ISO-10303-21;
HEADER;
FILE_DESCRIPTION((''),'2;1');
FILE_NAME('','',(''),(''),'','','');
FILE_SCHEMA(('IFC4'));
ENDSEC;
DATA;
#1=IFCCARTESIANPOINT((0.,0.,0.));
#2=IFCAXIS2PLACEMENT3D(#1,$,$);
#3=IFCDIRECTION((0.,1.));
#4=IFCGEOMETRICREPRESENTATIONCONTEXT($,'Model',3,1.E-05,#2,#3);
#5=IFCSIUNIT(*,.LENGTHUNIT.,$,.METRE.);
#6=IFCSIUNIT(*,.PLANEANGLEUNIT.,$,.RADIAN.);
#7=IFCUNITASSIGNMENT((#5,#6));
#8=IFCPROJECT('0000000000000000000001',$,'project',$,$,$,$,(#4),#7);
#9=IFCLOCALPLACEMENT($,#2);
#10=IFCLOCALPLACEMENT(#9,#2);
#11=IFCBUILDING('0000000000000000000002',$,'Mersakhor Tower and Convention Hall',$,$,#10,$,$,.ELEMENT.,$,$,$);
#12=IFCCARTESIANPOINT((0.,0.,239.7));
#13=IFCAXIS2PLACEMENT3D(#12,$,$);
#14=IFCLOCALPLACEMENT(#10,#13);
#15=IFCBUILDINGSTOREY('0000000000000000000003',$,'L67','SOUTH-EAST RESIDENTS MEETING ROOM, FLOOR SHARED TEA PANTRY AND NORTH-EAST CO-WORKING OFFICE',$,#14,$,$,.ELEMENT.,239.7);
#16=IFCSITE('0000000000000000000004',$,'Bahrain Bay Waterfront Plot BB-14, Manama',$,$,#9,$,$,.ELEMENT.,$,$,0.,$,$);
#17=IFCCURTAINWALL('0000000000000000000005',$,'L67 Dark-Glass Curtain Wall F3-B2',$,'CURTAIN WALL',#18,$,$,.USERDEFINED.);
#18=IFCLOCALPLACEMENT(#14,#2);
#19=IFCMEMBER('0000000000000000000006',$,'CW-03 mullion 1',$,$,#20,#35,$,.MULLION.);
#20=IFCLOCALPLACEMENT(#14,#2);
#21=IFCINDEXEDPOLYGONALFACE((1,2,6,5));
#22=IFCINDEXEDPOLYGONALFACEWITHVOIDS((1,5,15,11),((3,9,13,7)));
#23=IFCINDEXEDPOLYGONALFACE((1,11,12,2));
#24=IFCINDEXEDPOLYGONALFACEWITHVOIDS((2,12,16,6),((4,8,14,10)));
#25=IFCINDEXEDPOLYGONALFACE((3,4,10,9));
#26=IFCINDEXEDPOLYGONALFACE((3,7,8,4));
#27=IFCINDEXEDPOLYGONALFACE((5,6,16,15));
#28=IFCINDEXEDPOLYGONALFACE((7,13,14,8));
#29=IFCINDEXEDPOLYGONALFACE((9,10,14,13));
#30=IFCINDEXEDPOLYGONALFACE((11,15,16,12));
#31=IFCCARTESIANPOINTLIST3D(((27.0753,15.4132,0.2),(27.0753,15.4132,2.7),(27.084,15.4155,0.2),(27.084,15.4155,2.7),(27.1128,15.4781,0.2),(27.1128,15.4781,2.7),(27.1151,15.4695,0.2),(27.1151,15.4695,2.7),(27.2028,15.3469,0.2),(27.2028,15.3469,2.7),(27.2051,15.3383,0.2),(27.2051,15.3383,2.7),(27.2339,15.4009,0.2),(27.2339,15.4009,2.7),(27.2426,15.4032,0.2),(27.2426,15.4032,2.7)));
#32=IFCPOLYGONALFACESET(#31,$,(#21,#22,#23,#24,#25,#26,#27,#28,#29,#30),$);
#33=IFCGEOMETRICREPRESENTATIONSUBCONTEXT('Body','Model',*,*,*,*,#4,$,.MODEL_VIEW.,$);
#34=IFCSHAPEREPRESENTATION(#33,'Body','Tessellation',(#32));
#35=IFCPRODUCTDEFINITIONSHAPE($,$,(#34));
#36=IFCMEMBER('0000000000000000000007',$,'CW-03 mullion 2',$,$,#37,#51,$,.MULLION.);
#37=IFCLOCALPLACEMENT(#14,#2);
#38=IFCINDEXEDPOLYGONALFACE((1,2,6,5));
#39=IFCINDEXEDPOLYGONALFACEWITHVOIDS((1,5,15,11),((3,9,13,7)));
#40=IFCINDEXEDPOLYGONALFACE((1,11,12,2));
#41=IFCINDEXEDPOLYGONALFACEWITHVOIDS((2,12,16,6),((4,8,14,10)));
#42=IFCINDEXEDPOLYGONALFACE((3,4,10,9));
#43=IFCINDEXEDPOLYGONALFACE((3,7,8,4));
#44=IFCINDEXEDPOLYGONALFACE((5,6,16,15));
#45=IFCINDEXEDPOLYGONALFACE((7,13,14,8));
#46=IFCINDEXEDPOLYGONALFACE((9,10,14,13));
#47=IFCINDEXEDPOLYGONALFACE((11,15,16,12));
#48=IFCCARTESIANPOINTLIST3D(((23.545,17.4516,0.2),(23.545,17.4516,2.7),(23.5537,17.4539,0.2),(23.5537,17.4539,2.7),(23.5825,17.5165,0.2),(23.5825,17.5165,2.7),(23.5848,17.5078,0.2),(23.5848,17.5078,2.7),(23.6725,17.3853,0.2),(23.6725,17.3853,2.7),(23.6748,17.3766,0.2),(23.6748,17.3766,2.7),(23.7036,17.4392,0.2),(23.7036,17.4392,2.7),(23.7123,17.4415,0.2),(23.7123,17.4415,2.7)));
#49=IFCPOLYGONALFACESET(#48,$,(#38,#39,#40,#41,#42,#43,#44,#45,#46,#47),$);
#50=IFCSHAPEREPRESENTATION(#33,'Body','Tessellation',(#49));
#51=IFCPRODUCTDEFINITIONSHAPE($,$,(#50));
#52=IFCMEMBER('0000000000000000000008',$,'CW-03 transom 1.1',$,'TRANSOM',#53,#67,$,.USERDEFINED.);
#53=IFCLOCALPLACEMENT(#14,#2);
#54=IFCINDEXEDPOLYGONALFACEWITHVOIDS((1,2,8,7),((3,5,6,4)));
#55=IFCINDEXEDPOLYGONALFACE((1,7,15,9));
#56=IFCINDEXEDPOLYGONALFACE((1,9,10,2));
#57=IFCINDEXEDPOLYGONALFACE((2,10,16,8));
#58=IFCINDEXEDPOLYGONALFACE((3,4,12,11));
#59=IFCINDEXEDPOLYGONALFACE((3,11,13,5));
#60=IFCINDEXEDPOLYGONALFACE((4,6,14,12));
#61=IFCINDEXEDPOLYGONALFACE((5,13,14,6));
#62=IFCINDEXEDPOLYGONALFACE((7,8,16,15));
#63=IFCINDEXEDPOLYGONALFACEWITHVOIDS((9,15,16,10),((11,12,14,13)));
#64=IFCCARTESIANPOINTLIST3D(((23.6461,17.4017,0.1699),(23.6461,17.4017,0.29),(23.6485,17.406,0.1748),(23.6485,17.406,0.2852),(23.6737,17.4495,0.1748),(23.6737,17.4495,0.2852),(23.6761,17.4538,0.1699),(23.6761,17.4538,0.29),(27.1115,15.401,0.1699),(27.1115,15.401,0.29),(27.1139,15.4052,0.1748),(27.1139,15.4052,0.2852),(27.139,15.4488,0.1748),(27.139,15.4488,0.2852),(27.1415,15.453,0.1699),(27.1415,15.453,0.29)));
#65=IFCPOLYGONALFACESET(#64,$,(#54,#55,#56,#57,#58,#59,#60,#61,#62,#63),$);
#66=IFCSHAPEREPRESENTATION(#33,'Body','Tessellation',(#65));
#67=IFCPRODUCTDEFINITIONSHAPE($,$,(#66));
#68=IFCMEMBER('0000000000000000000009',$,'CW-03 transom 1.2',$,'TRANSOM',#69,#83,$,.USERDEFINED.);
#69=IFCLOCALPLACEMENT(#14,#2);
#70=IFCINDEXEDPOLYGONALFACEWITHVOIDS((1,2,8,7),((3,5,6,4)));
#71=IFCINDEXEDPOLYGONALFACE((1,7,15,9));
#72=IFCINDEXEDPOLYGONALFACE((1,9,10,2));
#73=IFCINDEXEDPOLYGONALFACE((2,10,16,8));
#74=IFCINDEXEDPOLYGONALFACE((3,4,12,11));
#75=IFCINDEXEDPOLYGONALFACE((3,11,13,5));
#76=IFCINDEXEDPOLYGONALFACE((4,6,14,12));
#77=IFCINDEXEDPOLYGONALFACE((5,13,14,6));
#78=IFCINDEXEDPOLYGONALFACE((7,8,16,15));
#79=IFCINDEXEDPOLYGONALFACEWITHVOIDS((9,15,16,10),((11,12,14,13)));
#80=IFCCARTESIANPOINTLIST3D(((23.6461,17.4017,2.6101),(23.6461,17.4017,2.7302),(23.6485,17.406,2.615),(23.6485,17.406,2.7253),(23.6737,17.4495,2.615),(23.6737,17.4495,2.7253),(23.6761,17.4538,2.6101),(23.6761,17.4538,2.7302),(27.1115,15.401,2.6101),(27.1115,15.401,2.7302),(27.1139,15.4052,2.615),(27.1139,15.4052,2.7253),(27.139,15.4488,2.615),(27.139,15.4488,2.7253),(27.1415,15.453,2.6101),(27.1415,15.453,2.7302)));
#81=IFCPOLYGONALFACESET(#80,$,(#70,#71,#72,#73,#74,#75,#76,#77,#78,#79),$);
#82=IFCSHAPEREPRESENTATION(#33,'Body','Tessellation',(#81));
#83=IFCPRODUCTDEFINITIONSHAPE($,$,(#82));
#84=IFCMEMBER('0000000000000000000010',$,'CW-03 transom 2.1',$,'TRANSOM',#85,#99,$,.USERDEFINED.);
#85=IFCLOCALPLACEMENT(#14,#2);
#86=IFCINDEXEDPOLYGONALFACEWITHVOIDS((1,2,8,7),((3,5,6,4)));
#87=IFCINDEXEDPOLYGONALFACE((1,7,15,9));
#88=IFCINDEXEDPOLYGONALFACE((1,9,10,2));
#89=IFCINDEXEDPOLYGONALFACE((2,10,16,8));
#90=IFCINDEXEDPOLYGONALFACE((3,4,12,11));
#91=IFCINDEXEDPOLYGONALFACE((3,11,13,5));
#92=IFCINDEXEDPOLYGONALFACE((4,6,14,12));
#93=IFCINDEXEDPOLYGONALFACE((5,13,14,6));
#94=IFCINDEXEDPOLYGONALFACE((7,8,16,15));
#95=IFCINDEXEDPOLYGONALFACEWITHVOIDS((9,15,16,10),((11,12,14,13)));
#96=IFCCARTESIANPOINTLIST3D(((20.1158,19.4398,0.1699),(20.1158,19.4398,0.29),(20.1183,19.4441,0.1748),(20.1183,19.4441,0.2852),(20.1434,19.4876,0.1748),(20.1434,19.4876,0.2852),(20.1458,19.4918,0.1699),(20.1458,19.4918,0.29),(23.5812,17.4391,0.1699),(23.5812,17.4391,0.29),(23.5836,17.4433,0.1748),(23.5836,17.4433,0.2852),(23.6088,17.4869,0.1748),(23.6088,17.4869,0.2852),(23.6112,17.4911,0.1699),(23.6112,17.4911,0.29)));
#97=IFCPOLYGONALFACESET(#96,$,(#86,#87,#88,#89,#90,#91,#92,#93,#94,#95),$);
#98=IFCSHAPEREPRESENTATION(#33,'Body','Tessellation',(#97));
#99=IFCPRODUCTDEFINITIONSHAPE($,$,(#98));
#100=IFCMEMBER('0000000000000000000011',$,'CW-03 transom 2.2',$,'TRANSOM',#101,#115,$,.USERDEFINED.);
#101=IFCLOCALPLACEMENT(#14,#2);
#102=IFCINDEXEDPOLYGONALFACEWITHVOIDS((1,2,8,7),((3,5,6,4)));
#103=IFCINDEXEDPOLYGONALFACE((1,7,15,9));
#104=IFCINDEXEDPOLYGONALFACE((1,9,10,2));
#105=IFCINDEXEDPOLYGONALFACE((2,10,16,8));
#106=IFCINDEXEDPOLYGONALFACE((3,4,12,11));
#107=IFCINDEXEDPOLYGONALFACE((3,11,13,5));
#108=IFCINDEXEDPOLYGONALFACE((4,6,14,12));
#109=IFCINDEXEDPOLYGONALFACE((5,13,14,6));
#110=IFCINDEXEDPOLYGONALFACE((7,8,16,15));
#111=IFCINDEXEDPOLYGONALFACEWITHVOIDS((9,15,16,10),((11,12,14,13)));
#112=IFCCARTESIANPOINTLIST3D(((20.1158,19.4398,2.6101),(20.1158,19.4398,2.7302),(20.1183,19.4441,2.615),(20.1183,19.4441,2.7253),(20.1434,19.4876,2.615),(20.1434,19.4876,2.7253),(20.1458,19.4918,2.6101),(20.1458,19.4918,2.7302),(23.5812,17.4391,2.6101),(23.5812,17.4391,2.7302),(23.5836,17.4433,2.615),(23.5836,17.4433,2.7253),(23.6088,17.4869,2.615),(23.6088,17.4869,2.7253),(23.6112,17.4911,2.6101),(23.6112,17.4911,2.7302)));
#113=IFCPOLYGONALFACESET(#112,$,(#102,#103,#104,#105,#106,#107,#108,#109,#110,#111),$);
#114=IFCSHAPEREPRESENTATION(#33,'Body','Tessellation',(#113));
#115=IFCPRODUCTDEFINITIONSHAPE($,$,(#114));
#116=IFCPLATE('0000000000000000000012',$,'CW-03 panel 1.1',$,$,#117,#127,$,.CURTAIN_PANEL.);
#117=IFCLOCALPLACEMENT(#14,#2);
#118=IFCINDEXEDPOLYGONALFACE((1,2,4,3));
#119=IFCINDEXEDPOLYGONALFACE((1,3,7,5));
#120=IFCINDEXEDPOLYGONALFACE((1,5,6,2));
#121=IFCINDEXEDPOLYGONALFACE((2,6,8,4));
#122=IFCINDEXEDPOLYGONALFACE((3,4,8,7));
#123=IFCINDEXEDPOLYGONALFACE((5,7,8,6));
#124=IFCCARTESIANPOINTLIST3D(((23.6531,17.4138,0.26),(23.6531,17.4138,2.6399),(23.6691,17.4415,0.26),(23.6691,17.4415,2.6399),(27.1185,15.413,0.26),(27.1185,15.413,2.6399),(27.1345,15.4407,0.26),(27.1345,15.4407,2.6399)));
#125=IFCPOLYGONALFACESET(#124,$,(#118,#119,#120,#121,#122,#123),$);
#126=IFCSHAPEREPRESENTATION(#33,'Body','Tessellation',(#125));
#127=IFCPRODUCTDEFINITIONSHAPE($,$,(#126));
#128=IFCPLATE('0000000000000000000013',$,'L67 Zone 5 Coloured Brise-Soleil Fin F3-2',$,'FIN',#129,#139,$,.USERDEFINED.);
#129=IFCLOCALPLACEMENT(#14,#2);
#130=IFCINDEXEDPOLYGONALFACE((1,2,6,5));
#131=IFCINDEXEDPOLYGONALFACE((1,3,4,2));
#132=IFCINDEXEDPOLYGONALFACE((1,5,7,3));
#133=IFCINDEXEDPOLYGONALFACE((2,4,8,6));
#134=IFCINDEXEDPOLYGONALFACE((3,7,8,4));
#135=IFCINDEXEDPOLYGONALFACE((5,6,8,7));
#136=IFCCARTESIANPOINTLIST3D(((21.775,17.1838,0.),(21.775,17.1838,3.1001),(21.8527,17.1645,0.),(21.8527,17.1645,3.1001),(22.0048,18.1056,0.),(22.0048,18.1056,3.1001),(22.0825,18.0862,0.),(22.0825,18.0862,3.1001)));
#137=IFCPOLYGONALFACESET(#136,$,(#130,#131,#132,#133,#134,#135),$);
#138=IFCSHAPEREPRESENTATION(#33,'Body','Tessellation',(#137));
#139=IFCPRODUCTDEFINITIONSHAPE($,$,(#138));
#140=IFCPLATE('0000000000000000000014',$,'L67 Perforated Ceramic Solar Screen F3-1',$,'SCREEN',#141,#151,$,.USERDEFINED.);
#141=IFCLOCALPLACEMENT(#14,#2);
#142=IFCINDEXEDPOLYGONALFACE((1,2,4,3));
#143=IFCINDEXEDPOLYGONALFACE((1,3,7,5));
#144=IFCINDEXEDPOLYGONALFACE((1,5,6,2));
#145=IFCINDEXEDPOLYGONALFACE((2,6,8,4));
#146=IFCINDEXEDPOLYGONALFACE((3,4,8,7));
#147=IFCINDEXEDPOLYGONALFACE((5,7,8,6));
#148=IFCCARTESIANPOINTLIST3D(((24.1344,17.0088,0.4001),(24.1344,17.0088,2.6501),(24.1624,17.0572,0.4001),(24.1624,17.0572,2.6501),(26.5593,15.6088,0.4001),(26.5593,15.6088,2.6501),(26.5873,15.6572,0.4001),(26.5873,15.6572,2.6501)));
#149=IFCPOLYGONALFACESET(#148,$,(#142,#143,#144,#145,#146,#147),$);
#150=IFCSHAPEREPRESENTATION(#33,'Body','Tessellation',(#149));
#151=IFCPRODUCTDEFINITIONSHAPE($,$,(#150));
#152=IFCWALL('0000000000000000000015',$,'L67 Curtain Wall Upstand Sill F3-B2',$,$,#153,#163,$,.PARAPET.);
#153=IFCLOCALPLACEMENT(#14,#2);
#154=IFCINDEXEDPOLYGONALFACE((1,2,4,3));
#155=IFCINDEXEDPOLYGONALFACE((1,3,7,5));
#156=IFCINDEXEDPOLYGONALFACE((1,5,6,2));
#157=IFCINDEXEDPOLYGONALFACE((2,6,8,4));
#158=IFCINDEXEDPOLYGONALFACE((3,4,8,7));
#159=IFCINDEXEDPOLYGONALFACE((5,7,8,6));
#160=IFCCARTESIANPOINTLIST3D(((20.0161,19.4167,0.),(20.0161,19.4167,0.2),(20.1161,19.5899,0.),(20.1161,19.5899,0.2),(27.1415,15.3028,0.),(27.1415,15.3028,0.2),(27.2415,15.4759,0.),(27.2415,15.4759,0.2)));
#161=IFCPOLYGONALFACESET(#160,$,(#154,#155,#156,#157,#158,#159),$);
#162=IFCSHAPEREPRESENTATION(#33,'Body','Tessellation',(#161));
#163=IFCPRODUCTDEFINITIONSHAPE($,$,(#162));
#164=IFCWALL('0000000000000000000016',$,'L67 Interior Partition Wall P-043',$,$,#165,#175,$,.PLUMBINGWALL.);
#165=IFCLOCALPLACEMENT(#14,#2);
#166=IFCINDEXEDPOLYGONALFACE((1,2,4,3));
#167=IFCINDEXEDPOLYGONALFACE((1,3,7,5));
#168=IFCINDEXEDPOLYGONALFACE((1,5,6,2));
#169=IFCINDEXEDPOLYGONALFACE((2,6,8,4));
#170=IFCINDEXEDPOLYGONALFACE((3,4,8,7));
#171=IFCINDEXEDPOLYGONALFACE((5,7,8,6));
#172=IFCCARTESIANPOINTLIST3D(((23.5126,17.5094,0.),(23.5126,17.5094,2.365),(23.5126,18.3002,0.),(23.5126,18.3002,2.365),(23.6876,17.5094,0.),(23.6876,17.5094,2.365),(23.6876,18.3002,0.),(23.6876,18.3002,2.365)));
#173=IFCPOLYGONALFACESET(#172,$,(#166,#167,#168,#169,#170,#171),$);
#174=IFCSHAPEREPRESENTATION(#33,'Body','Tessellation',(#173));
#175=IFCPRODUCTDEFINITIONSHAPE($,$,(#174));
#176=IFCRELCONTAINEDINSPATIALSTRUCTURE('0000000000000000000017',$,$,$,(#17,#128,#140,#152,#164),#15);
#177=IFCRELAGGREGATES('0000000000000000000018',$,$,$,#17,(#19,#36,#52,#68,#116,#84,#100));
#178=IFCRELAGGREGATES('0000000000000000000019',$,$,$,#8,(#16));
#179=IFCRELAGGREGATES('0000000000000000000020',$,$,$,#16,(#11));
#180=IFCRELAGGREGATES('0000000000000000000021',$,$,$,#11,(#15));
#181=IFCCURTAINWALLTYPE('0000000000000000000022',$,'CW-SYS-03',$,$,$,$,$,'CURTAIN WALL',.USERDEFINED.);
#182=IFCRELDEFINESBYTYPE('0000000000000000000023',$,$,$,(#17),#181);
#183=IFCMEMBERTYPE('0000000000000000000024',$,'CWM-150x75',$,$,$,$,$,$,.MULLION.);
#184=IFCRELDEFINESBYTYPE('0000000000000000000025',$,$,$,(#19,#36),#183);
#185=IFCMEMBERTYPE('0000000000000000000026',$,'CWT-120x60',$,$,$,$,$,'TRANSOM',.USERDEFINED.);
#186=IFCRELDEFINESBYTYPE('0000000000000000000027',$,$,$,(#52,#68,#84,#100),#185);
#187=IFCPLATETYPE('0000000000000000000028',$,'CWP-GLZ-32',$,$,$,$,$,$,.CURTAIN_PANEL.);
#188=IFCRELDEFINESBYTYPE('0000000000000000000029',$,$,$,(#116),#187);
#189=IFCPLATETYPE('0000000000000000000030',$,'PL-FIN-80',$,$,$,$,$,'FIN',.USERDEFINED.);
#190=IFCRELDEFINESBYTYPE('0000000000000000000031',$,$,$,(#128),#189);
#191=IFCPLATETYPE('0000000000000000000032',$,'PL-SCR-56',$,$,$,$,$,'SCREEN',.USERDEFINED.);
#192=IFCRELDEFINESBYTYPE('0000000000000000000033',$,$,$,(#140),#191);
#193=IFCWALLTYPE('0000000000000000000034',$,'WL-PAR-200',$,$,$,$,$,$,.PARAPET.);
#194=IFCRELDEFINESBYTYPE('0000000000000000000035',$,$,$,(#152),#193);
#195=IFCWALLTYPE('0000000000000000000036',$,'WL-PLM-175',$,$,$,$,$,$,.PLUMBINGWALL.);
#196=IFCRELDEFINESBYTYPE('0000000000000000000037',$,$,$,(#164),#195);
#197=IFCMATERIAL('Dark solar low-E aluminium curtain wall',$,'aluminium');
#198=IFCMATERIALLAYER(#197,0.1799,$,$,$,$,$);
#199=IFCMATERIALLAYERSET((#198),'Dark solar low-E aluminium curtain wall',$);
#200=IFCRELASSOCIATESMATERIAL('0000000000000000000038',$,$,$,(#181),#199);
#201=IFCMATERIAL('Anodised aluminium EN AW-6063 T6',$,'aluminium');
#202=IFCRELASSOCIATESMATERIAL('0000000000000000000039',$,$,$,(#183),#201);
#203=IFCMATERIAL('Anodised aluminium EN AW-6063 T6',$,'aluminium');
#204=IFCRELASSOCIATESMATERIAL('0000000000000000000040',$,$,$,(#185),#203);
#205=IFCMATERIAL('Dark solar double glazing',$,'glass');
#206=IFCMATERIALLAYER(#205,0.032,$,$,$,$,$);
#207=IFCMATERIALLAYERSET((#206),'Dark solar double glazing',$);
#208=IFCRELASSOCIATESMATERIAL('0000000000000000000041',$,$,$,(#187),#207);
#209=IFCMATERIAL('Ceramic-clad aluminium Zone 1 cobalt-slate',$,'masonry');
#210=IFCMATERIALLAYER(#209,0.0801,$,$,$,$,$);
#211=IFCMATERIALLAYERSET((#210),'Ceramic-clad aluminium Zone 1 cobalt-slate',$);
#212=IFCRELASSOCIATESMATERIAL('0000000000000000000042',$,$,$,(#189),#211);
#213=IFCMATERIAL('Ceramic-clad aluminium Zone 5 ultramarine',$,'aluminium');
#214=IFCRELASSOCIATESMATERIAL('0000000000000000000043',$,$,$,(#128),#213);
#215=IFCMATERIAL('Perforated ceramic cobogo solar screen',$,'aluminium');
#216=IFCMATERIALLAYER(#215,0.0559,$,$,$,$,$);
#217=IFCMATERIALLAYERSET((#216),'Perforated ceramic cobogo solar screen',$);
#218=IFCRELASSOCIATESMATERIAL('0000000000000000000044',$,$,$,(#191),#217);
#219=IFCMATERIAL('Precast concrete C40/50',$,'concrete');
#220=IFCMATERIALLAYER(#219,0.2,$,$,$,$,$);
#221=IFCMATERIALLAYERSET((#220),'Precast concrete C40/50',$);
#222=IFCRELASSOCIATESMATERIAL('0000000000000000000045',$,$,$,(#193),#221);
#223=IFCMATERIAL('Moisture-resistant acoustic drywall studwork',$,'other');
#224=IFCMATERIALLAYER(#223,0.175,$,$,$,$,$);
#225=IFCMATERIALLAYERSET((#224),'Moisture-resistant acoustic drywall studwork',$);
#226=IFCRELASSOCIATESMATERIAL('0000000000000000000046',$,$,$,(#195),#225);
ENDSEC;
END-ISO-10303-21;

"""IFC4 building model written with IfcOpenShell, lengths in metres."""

from ifc_helpers import new_model, si_unit, direction, frame, frame_2d, origin, origin_2d, place, context, subcontext, project, spatial, rectangle, hollow_rectangle, extrude, material, layer, layer_set, material_profile, profile_set, type_object, element, aggregate, save


model = new_model("IFC4")

# Units and contexts
model_context = context("Model", 3, precision=1e-05, world=origin(), true_north=direction((0.0, 1.0)))
body_context = subcontext(model_context, "Body", "Model", "MODEL_VIEW")
ifc_project = project(units=[si_unit("LENGTHUNIT", "METRE"), si_unit("PLANEANGLEUNIT", "RADIAN")], contexts=[model_context])

# Site, building, storey
site_placement = place(None, origin())
site = spatial("IfcSite", under=ifc_project, at=site_placement, Name="Bahrain Bay Waterfront Plot BB-14, Manama", CompositionType="ELEMENT", RefElevation=0.0)
building_placement = place(site_placement, origin())
building = spatial("IfcBuilding", under=site, at=building_placement, Name="Mersakhor Tower and Convention Hall", CompositionType="ELEMENT")
storey_placement = place(building_placement, frame((0.0, 0.0, 239.7)))
storey = spatial("IfcBuildingStorey", under=building, at=storey_placement, Name="L67", Description="SOUTH-EAST RESIDENTS MEETING ROOM, FLOOR SHARED TEA PANTRY AND NORTH-EAST CO-WORKING OFFICE", CompositionType="ELEMENT", Elevation=239.7)

# Curtain wall, members, plate
ifc_material_1 = material(Name="Dark solar low-E aluminium curtain wall", Category="aluminium")
ifc_layer_1 = layer(ifc_material_1, 0.1799)
ifc_layer_set_1 = layer_set([ifc_layer_1], Name="Dark solar low-E aluminium curtain wall")
curtain_wall_type = type_object("IfcCurtainWallType", Name="CW-SYS-03", ElementType="CURTAIN WALL", PredefinedType="USERDEFINED", material=ifc_layer_set_1)
curtain_wall_placement = place(storey_placement, origin())
curtain_wall = element("IfcCurtainWall", 1, at=curtain_wall_placement, inside=storey, type_object=curtain_wall_type, Name="L67 Dark-Glass Curtain Wall F3-B2", ObjectType="CURTAIN WALL", PredefinedType="USERDEFINED")
ifc_material_2 = material(Name="Anodised aluminium EN AW-6063 T6", Category="aluminium")
ifc_material_profile_1 = material_profile(ifc_material_2, hollow_rectangle(XDim=0.075, YDim=0.1499, WallThickness=0.0063, at=origin_2d()), Name="RHS 150x75x6.3")
ifc_profile_set_1 = profile_set([ifc_material_profile_1], Name="Anodised aluminium EN AW-6063 T6")
member_type_1 = type_object("IfcMemberType", Name="CWM-150x75", PredefinedType="MULLION", material=ifc_profile_set_1)
member_1_placement = place(storey_placement, frame((27.1589, 15.4082, 0.2), z_axis=(0.0, 0.0, 1.0), x_axis=(-0.500004, -0.866023, 0.0)))
member_1 = element("IfcMember", 2, at=member_1_placement, type_object=member_type_1, Name="CW-03 mullion 1", PredefinedType="MULLION", context=body_context, shape_type="SweptSolid", body=[
    extrude(hollow_rectangle(XDim=0.075, YDim=0.1499, WallThickness=0.0063, at=origin_2d()), origin(), (0.0, 0.0, 1.0), 2.5),
])
member_2_placement = place(storey_placement, frame((23.6287, 17.4465, 0.2), z_axis=(0.0, 0.0, 1.0), x_axis=(-0.500004, -0.866023, 0.0)))
member_2 = element("IfcMember", 3, at=member_2_placement, type_object=member_type_1, Name="CW-03 mullion 2", PredefinedType="MULLION", context=body_context, shape_type="SweptSolid", body=[
    extrude(hollow_rectangle(XDim=0.075, YDim=0.1499, WallThickness=0.0063, at=origin_2d()), origin(), (0.0, 0.0, 1.0), 2.5),
])
ifc_material_3 = material(Name="Anodised aluminium EN AW-6063 T6", Category="aluminium")
ifc_material_profile_2 = material_profile(ifc_material_3, hollow_rectangle(XDim=0.0601, YDim=0.1201, WallThickness=0.0049, at=origin_2d()), Name="RHS 120x60x5")
ifc_profile_set_2 = profile_set([ifc_material_profile_2], Name="Anodised aluminium EN AW-6063 T6")
member_type_2 = type_object("IfcMemberType", Name="CWT-120x60", ElementType="TRANSOM", PredefinedType="USERDEFINED", material=ifc_profile_set_2)
member_3_placement = place(storey_placement, frame((27.1265, 15.427, 0.23), z_axis=(-0.866023, 0.500004, 0.0), x_axis=(-0.500004, -0.866023, 0.0)))
member_3 = element("IfcMember", 4, at=member_3_placement, type_object=member_type_2, Name="CW-03 transom 1.1", ObjectType="TRANSOM", PredefinedType="USERDEFINED", context=body_context, shape_type="SweptSolid", body=[
    extrude(hollow_rectangle(XDim=0.0601, YDim=0.1201, WallThickness=0.0049, at=origin_2d()), origin(), (0.0, 0.0, 1.0), 4.0015),
])
member_4_placement = place(storey_placement, frame((27.1265, 15.427, 2.6702), z_axis=(-0.866023, 0.500004, 0.0), x_axis=(-0.500004, -0.866023, 0.0)))
member_4 = element("IfcMember", 5, at=member_4_placement, type_object=member_type_2, Name="CW-03 transom 1.2", ObjectType="TRANSOM", PredefinedType="USERDEFINED", context=body_context, shape_type="SweptSolid", body=[
    extrude(hollow_rectangle(XDim=0.0601, YDim=0.1201, WallThickness=0.0049, at=origin_2d()), origin(), (0.0, 0.0, 1.0), 4.0015),
])
member_5_placement = place(storey_placement, frame((23.5962, 17.4651, 0.23), z_axis=(-0.866023, 0.500004, 0.0), x_axis=(-0.500004, -0.866023, 0.0)))
member_5 = element("IfcMember", 6, at=member_5_placement, type_object=member_type_2, Name="CW-03 transom 2.1", ObjectType="TRANSOM", PredefinedType="USERDEFINED", context=body_context, shape_type="SweptSolid", body=[
    extrude(hollow_rectangle(XDim=0.0601, YDim=0.1201, WallThickness=0.0049, at=origin_2d()), origin(), (0.0, 0.0, 1.0), 4.0015),
])
member_6_placement = place(storey_placement, frame((23.5962, 17.4651, 2.6702), z_axis=(-0.866023, 0.500004, 0.0), x_axis=(-0.500004, -0.866023, 0.0)))
member_6 = element("IfcMember", 7, at=member_6_placement, type_object=member_type_2, Name="CW-03 transom 2.2", ObjectType="TRANSOM", PredefinedType="USERDEFINED", context=body_context, shape_type="SweptSolid", body=[
    extrude(hollow_rectangle(XDim=0.0601, YDim=0.1201, WallThickness=0.0049, at=origin_2d()), origin(), (0.0, 0.0, 1.0), 4.0015),
])
ifc_material_4 = material(Name="Dark solar double glazing", Category="glass")
ifc_layer_2 = layer(ifc_material_4, 0.032)
ifc_layer_set_2 = layer_set([ifc_layer_2], Name="Dark solar double glazing")
plate_type_1 = type_object("IfcPlateType", Name="CWP-GLZ-32", PredefinedType="CURTAIN_PANEL", material=ifc_layer_set_2)
plate_1_placement = place(storey_placement, frame((25.3938, 16.4272, 0.26), z_axis=(0.0, 0.0, 1.0), x_axis=(-0.866023, 0.500004, 0.0)))
plate_1 = element("IfcPlate", 8, at=plate_1_placement, type_object=plate_type_1, Name="CW-03 panel 1.1", PredefinedType="CURTAIN_PANEL", context=body_context, shape_type="SweptSolid", body=[
    extrude(rectangle(XDim=4.0015, YDim=0.032, at=origin_2d()), origin(), (0.0, 0.0, 1.0), 2.3799),
])
aggregate(curtain_wall, [member_1, member_2, member_3, member_4, plate_1, member_5, member_6])

# Plates
ifc_material_5 = material(Name="Ceramic-clad aluminium Zone 5 ultramarine", Category="aluminium")
ifc_material_6 = material(Name="Ceramic-clad aluminium Zone 1 cobalt-slate", Category="masonry")
ifc_layer_3 = layer(ifc_material_6, 0.0801)
ifc_layer_set_3 = layer_set([ifc_layer_3], Name="Ceramic-clad aluminium Zone 1 cobalt-slate")
plate_type_2 = type_object("IfcPlateType", Name="PL-FIN-80", ElementType="FIN", PredefinedType="USERDEFINED", material=ifc_layer_set_3)
plate_2_placement = place(storey_placement, frame((21.9287, 17.635, 0.0), z_axis=(0.0, 0.0, 1.0), x_axis=(-0.241922, -0.970296, 0.0)))
element("IfcPlate", 9, at=plate_2_placement, inside=storey, type_object=plate_type_2, material=ifc_material_5, Name="L67 Zone 5 Coloured Brise-Soleil Fin F3-2", ObjectType="FIN", PredefinedType="USERDEFINED", context=body_context, shape_type="SweptSolid", body=[
    extrude(rectangle(XDim=0.95, YDim=0.0801, at=origin_2d()), origin(), (0.0, 0.0, 1.0), 3.1001),
])
ifc_material_7 = material(Name="Perforated ceramic cobogo solar screen", Category="aluminium")
ifc_layer_4 = layer(ifc_material_7, 0.0559)
ifc_layer_set_4 = layer_set([ifc_layer_4], Name="Perforated ceramic cobogo solar screen")
plate_type_3 = type_object("IfcPlateType", Name="PL-SCR-56", ElementType="SCREEN", PredefinedType="USERDEFINED", material=ifc_layer_set_4)
plate_3_placement = place(storey_placement, frame((25.3608, 16.333, 0.4001), z_axis=(0.0, 0.0, 1.0), x_axis=(-0.866025, 0.5, 0.0)))
element("IfcPlate", 10, at=plate_3_placement, inside=storey, type_object=plate_type_3, Name="L67 Perforated Ceramic Solar Screen F3-1", ObjectType="SCREEN", PredefinedType="USERDEFINED", context=body_context, shape_type="SweptSolid", body=[
    extrude(rectangle(XDim=2.8, YDim=0.0559, at=origin_2d()), origin(), (0.0, 0.0, 1.0), 2.25),
])

# Walls
ifc_material_8 = material(Name="Precast concrete C40/50", Category="concrete")
ifc_layer_5 = layer(ifc_material_8, 0.2)
ifc_layer_set_5 = layer_set([ifc_layer_5], Name="Precast concrete C40/50")
wall_type_1 = type_object("IfcWallType", Name="WL-PAR-200", PredefinedType="PARAPET", material=ifc_layer_set_5)
wall_1_placement = place(storey_placement, frame((27.1914, 15.3894, 0.0), z_axis=(0.0, 0.0, 1.0), x_axis=(-0.86602, 0.50001, 0.0)))
element("IfcWall", 11, at=wall_1_placement, inside=storey, type_object=wall_type_1, Name="L67 Curtain Wall Upstand Sill F3-B2", PredefinedType="PARAPET", context=body_context, shape_type="SweptSolid", body=[
    extrude(rectangle(XDim=8.2278, YDim=0.2, at=frame_2d((4.1138, 0.0))), origin(), (0.0, 0.0, 1.0), 0.2),
])
ifc_material_9 = material(Name="Moisture-resistant acoustic drywall studwork", Category="other")
ifc_layer_6 = layer(ifc_material_9, 0.175)
ifc_layer_set_6 = layer_set([ifc_layer_6], Name="Moisture-resistant acoustic drywall studwork")
wall_type_2 = type_object("IfcWallType", Name="WL-PLM-175", PredefinedType="PLUMBINGWALL", material=ifc_layer_set_6)
wall_2_placement = place(storey_placement, frame((23.6001, 17.5093, 0.0), z_axis=(0.0, 0.0, 1.0), x_axis=(0.0, 1.0, 0.0)))
element("IfcWall", 12, at=wall_2_placement, inside=storey, type_object=wall_type_2, Name="L67 Interior Partition Wall P-043", PredefinedType="PLUMBINGWALL", context=body_context, shape_type="SweptSolid", body=[
    extrude(rectangle(XDim=0.7908, YDim=0.175, at=frame_2d((0.3955, 0.0))), origin(), (0.0, 0.0, 1.0), 2.365),
])

save(model, "model.ifc")
